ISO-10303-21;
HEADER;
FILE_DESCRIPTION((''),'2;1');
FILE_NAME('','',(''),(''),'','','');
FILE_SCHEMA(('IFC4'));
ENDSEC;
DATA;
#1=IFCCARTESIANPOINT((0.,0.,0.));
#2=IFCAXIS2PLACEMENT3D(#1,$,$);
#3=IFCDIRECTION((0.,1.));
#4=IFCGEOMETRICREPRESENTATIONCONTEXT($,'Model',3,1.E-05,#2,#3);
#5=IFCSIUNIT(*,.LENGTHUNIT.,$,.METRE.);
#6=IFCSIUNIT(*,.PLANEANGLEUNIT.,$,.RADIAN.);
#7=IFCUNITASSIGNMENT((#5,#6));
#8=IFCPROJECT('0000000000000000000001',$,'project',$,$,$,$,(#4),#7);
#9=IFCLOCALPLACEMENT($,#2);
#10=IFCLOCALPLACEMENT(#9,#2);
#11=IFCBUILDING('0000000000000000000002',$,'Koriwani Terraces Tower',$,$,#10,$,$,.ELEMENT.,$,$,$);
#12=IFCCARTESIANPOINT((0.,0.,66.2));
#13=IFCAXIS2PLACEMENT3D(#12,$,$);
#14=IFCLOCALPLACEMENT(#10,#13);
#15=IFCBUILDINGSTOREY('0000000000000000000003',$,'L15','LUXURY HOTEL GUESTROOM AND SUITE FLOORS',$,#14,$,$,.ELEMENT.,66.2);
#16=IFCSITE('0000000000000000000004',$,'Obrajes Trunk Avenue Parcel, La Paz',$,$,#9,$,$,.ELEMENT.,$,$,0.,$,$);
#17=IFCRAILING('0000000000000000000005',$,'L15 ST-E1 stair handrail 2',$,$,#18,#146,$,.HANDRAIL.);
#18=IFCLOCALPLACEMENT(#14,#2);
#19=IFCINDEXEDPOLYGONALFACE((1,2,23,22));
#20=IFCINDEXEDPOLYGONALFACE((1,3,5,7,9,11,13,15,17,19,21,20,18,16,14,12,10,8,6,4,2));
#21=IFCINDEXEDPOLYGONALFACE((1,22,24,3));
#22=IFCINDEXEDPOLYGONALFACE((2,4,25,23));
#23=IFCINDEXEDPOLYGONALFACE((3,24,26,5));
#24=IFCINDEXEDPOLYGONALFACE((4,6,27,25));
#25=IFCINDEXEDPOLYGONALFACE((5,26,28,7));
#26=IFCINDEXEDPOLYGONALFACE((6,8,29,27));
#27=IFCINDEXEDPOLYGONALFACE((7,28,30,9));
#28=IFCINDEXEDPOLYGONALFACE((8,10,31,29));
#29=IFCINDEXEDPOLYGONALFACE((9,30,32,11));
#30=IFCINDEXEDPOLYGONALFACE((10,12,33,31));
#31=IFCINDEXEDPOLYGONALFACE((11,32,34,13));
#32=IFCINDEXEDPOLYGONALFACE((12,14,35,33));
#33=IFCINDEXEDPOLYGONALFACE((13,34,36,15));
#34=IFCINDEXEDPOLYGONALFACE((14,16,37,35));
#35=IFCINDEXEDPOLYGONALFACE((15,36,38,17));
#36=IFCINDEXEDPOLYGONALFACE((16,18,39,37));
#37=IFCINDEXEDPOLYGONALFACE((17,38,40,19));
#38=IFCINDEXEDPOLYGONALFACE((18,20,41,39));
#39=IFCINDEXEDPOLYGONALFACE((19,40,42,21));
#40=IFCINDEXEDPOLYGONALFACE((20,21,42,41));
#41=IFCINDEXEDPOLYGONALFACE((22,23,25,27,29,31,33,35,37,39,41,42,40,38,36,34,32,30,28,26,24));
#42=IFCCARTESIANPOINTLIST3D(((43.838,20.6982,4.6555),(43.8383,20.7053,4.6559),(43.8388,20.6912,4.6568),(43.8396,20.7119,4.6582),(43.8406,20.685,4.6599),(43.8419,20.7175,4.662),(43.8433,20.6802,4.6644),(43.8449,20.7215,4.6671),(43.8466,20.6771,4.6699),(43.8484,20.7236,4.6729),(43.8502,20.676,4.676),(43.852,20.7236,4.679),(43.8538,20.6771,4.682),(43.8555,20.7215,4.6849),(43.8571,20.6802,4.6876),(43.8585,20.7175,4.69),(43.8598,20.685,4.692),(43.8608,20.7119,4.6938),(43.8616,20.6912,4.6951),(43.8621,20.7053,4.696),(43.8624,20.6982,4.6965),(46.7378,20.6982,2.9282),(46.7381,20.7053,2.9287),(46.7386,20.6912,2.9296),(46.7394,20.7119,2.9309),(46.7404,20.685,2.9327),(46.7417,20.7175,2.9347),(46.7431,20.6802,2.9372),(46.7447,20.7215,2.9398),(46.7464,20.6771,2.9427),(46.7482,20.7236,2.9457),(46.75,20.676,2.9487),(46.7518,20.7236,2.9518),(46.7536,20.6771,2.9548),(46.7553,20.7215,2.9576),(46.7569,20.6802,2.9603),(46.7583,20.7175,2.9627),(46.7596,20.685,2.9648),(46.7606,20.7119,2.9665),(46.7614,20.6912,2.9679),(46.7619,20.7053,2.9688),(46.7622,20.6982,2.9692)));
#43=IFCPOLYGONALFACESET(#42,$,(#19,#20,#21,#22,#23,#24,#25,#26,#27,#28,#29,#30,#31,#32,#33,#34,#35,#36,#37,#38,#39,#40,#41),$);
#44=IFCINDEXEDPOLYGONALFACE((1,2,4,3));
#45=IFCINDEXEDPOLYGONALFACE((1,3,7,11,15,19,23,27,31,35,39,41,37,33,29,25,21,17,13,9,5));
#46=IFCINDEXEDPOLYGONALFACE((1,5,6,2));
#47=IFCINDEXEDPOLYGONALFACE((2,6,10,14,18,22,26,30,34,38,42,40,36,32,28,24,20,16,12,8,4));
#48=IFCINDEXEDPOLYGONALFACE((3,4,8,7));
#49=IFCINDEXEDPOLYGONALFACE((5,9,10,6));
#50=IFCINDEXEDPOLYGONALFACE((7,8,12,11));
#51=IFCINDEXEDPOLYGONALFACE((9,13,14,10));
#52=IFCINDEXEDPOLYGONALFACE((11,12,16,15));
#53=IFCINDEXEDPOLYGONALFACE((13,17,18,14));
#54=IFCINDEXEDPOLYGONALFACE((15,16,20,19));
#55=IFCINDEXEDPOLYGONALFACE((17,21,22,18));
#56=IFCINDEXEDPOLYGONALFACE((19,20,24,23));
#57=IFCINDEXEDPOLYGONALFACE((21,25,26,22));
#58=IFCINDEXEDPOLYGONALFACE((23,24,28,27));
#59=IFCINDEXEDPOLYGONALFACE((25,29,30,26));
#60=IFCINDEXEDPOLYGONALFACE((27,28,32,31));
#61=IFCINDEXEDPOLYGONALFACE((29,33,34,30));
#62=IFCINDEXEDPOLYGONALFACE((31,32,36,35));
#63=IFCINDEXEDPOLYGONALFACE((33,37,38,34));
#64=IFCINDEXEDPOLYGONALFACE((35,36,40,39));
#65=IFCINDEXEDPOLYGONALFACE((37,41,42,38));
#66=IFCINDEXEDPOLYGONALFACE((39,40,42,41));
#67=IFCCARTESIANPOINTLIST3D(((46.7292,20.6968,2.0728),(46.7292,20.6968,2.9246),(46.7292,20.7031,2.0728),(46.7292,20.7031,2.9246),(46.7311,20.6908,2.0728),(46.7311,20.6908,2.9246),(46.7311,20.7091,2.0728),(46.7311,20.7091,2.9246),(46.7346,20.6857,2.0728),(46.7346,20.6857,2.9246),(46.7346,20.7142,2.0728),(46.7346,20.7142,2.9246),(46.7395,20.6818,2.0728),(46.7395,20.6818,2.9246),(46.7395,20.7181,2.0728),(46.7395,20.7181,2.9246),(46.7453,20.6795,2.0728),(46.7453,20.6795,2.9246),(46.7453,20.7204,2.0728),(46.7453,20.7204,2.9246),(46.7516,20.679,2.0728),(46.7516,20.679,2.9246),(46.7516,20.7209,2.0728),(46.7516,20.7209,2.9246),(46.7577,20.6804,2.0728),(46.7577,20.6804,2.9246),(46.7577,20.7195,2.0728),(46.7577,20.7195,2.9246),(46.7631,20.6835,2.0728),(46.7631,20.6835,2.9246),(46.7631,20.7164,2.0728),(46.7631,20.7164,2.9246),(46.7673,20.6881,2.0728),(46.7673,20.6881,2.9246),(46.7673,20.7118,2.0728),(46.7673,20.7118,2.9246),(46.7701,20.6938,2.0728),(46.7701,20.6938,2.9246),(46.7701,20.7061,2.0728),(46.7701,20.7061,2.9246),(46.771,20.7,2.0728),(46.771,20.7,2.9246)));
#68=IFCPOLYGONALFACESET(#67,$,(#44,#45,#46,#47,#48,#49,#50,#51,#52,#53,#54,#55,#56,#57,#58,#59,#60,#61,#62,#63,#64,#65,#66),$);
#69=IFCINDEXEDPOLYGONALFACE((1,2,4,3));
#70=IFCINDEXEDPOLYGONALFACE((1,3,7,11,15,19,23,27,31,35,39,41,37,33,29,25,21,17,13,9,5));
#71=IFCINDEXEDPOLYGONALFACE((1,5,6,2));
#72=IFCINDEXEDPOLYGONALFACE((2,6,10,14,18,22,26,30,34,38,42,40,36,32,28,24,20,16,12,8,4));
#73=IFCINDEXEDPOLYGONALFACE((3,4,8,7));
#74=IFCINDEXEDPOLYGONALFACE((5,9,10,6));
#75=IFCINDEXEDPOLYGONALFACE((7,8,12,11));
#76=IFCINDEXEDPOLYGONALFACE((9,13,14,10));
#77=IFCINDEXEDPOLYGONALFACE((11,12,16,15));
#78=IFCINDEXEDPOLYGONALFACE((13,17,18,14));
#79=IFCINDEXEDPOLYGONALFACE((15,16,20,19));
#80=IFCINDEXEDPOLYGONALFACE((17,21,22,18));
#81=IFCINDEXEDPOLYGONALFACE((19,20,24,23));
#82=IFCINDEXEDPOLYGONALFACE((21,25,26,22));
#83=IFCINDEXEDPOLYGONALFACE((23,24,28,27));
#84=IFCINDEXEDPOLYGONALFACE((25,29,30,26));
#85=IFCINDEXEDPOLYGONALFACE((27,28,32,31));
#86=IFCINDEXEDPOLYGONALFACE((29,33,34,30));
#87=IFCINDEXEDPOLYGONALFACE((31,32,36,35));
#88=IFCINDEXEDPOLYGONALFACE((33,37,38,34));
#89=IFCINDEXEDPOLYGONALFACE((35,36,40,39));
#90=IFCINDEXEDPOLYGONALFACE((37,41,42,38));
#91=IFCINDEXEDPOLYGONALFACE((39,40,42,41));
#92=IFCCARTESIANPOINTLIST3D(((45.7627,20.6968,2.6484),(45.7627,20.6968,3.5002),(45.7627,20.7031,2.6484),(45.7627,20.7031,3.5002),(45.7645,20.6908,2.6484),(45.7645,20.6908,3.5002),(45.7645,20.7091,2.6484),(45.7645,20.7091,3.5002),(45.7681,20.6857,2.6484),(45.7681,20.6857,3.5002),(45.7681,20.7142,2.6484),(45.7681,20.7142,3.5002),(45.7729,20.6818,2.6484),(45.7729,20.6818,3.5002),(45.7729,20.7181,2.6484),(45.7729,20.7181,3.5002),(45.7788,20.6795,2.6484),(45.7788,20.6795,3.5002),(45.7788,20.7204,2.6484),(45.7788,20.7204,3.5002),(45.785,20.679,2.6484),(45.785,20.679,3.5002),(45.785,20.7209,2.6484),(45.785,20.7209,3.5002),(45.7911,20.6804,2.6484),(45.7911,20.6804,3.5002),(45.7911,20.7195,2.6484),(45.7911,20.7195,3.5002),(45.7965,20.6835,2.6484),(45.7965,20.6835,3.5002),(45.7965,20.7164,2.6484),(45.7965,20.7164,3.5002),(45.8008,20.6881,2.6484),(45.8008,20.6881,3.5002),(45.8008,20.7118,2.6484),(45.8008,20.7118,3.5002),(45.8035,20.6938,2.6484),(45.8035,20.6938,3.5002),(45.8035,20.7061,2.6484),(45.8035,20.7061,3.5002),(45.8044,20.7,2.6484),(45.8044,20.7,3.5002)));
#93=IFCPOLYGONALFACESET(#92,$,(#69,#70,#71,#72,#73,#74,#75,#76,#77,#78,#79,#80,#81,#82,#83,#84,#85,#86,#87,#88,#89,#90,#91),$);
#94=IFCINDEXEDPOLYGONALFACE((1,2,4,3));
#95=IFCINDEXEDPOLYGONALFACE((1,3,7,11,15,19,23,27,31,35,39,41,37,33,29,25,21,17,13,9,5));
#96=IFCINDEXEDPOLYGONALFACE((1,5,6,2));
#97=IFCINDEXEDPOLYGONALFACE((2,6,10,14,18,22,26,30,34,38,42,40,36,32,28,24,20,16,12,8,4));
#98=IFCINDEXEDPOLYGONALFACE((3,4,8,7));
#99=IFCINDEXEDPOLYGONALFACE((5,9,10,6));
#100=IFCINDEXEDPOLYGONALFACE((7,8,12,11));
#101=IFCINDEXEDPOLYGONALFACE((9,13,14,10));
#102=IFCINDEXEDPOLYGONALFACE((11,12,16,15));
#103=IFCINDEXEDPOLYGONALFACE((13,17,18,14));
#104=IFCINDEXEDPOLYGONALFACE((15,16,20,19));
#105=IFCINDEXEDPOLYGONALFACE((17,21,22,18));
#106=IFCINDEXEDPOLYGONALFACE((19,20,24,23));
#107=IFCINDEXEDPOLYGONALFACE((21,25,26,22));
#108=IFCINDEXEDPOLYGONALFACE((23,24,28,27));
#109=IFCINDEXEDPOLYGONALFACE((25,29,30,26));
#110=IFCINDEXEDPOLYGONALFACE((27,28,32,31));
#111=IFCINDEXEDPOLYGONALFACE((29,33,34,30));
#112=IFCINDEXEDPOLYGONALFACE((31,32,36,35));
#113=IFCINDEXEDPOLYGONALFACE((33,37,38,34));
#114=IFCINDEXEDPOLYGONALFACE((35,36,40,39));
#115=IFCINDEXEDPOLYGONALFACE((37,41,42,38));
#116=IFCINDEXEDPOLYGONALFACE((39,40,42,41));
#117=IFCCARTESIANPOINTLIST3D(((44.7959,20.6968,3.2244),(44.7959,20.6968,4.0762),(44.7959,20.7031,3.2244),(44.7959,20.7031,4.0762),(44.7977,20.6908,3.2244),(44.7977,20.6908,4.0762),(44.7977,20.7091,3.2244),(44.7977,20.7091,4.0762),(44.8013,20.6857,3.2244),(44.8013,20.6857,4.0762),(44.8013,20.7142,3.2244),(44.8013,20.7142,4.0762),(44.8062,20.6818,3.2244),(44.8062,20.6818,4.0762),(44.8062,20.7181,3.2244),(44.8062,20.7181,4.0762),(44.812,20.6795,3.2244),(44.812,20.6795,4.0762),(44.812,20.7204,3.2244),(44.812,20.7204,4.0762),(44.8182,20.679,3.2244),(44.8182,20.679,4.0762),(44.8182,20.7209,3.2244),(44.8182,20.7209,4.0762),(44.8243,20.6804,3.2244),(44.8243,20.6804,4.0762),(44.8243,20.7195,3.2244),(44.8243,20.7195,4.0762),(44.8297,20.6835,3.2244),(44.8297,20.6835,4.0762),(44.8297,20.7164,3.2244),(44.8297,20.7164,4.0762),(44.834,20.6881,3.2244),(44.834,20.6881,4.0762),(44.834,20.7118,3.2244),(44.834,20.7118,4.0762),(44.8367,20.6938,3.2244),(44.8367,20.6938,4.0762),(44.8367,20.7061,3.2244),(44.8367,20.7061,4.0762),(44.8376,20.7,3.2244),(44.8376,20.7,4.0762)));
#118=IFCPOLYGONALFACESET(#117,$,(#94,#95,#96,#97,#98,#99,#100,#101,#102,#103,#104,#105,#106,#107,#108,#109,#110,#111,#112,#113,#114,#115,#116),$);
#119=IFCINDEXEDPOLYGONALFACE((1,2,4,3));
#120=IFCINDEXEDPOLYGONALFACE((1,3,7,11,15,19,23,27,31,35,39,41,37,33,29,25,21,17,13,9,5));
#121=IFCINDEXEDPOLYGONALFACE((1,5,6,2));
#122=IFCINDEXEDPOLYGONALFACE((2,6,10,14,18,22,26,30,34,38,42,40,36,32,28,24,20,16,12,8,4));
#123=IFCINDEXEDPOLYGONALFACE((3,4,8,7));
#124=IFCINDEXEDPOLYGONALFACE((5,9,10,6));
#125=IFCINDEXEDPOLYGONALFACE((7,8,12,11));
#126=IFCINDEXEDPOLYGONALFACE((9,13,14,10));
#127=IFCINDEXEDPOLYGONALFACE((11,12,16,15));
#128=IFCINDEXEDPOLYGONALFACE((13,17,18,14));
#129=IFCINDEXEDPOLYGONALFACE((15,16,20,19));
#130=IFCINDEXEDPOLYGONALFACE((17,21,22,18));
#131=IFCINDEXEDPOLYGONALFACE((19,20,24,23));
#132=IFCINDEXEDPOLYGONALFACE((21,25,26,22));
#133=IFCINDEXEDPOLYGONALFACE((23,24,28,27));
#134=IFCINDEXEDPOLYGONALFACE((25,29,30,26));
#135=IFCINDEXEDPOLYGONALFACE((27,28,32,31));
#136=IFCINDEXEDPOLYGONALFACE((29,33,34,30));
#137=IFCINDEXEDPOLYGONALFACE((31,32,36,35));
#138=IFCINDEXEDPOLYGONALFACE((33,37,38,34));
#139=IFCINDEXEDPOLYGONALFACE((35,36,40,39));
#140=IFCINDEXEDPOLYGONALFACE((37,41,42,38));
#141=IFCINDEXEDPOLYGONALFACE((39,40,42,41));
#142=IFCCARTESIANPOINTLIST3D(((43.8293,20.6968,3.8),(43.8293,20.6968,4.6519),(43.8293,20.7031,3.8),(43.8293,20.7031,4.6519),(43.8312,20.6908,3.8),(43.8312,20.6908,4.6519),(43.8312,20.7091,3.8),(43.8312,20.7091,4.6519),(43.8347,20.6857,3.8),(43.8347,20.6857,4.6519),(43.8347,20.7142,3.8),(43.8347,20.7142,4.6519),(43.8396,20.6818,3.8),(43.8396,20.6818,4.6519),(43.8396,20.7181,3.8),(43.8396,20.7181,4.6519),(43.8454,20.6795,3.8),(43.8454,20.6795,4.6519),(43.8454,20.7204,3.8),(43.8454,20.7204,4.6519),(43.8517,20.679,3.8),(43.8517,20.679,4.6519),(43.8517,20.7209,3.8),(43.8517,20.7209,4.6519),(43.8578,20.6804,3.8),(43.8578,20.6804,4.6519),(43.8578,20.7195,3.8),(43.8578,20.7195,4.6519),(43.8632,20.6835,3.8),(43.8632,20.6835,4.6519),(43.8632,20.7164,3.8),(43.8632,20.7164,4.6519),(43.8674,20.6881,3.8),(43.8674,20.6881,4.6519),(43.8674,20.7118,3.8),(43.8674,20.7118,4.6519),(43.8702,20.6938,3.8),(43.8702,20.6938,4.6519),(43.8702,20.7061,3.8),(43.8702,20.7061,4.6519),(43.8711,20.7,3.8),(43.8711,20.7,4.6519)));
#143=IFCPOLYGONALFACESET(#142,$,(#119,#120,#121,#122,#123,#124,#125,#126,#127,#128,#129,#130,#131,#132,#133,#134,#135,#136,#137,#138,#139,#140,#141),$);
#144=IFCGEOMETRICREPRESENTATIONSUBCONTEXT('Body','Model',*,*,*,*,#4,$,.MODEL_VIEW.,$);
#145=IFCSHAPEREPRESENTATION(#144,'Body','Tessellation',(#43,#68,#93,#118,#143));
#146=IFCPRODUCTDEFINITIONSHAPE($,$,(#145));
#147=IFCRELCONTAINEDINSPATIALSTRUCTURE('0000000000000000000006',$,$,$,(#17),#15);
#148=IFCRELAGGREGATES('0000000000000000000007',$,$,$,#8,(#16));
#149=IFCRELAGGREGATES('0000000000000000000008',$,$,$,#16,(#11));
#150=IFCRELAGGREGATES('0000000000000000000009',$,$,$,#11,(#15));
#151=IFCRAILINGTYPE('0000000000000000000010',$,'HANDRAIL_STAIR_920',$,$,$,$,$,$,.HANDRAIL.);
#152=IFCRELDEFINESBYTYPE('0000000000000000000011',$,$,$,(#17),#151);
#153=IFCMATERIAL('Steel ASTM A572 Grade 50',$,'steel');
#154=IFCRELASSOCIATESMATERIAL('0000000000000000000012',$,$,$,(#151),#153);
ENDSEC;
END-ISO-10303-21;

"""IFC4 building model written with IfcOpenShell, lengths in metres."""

from ifc_helpers import new_model, si_unit, direction, frame, origin, origin_2d, place, context, subcontext, project, spatial, circle, extrude, material, type_object, element, save


model = new_model("IFC4")

# Units and contexts
model_context = context("Model", 3, precision=1e-05, world=origin(), true_north=direction((0.0, 1.0)))
body_context = subcontext(model_context, "Body", "Model", "MODEL_VIEW")
ifc_project = project(units=[si_unit("LENGTHUNIT", "METRE"), si_unit("PLANEANGLEUNIT", "RADIAN")], contexts=[model_context])

# Site, building, storey
site_placement = place(None, origin())
site = spatial("IfcSite", under=ifc_project, at=site_placement, Name="Obrajes Trunk Avenue Parcel, La Paz", CompositionType="ELEMENT", RefElevation=0.0)
building_placement = place(site_placement, origin())
building = spatial("IfcBuilding", under=site, at=building_placement, Name="Koriwani Terraces Tower", CompositionType="ELEMENT")
storey_placement = place(building_placement, frame((0.0, 0.0, 66.2)))
storey = spatial("IfcBuildingStorey", under=building, at=storey_placement, Name="L15", Description="LUXURY HOTEL GUESTROOM AND SUITE FLOORS", CompositionType="ELEMENT", Elevation=66.2)

# Shared definitions
ifc_material_1 = material(Name="Steel ASTM A572 Grade 50", Category="steel")

# Railing
railing_type_1 = type_object("IfcRailingType", Name="HANDRAIL_STAIR_920", PredefinedType="HANDRAIL", material=ifc_material_1)
railing_1_placement = place(storey_placement, frame((46.75, 20.7, 2.0728)))
element("IfcRailing", 1, at=railing_1_placement, inside=storey, type_object=railing_type_1, Name="L15 ST-E1 stair handrail 2", PredefinedType="HANDRAIL", context=body_context, shape_type="SweptSolid", body=[
    extrude(circle(Radius=0.0239, at=origin_2d()), frame((0.0, 0.0, 0.876), z_axis=(-0.859141, 0.0, 0.511738), x_axis=(0.0, -1.0, 0.0)), (0.0, 0.0, 1.0), 3.3752),
    extrude(circle(Radius=0.021, at=origin_2d()), origin(), (0.0, 0.0, 1.0), 0.8518),
    extrude(circle(Radius=0.021, at=origin_2d()), frame((-0.9666, 0.0, 0.5757)), (0.0, 0.0, 1.0), 0.8518),
    extrude(circle(Radius=0.021, at=origin_2d()), frame((-1.9333, 0.0, 1.1516)), (0.0, 0.0, 1.0), 0.8518),
    extrude(circle(Radius=0.021, at=origin_2d()), frame((-2.8999, 0.0, 1.7273)), (0.0, 0.0, 1.0), 0.8518),
])

save(model, "model.ifc")
